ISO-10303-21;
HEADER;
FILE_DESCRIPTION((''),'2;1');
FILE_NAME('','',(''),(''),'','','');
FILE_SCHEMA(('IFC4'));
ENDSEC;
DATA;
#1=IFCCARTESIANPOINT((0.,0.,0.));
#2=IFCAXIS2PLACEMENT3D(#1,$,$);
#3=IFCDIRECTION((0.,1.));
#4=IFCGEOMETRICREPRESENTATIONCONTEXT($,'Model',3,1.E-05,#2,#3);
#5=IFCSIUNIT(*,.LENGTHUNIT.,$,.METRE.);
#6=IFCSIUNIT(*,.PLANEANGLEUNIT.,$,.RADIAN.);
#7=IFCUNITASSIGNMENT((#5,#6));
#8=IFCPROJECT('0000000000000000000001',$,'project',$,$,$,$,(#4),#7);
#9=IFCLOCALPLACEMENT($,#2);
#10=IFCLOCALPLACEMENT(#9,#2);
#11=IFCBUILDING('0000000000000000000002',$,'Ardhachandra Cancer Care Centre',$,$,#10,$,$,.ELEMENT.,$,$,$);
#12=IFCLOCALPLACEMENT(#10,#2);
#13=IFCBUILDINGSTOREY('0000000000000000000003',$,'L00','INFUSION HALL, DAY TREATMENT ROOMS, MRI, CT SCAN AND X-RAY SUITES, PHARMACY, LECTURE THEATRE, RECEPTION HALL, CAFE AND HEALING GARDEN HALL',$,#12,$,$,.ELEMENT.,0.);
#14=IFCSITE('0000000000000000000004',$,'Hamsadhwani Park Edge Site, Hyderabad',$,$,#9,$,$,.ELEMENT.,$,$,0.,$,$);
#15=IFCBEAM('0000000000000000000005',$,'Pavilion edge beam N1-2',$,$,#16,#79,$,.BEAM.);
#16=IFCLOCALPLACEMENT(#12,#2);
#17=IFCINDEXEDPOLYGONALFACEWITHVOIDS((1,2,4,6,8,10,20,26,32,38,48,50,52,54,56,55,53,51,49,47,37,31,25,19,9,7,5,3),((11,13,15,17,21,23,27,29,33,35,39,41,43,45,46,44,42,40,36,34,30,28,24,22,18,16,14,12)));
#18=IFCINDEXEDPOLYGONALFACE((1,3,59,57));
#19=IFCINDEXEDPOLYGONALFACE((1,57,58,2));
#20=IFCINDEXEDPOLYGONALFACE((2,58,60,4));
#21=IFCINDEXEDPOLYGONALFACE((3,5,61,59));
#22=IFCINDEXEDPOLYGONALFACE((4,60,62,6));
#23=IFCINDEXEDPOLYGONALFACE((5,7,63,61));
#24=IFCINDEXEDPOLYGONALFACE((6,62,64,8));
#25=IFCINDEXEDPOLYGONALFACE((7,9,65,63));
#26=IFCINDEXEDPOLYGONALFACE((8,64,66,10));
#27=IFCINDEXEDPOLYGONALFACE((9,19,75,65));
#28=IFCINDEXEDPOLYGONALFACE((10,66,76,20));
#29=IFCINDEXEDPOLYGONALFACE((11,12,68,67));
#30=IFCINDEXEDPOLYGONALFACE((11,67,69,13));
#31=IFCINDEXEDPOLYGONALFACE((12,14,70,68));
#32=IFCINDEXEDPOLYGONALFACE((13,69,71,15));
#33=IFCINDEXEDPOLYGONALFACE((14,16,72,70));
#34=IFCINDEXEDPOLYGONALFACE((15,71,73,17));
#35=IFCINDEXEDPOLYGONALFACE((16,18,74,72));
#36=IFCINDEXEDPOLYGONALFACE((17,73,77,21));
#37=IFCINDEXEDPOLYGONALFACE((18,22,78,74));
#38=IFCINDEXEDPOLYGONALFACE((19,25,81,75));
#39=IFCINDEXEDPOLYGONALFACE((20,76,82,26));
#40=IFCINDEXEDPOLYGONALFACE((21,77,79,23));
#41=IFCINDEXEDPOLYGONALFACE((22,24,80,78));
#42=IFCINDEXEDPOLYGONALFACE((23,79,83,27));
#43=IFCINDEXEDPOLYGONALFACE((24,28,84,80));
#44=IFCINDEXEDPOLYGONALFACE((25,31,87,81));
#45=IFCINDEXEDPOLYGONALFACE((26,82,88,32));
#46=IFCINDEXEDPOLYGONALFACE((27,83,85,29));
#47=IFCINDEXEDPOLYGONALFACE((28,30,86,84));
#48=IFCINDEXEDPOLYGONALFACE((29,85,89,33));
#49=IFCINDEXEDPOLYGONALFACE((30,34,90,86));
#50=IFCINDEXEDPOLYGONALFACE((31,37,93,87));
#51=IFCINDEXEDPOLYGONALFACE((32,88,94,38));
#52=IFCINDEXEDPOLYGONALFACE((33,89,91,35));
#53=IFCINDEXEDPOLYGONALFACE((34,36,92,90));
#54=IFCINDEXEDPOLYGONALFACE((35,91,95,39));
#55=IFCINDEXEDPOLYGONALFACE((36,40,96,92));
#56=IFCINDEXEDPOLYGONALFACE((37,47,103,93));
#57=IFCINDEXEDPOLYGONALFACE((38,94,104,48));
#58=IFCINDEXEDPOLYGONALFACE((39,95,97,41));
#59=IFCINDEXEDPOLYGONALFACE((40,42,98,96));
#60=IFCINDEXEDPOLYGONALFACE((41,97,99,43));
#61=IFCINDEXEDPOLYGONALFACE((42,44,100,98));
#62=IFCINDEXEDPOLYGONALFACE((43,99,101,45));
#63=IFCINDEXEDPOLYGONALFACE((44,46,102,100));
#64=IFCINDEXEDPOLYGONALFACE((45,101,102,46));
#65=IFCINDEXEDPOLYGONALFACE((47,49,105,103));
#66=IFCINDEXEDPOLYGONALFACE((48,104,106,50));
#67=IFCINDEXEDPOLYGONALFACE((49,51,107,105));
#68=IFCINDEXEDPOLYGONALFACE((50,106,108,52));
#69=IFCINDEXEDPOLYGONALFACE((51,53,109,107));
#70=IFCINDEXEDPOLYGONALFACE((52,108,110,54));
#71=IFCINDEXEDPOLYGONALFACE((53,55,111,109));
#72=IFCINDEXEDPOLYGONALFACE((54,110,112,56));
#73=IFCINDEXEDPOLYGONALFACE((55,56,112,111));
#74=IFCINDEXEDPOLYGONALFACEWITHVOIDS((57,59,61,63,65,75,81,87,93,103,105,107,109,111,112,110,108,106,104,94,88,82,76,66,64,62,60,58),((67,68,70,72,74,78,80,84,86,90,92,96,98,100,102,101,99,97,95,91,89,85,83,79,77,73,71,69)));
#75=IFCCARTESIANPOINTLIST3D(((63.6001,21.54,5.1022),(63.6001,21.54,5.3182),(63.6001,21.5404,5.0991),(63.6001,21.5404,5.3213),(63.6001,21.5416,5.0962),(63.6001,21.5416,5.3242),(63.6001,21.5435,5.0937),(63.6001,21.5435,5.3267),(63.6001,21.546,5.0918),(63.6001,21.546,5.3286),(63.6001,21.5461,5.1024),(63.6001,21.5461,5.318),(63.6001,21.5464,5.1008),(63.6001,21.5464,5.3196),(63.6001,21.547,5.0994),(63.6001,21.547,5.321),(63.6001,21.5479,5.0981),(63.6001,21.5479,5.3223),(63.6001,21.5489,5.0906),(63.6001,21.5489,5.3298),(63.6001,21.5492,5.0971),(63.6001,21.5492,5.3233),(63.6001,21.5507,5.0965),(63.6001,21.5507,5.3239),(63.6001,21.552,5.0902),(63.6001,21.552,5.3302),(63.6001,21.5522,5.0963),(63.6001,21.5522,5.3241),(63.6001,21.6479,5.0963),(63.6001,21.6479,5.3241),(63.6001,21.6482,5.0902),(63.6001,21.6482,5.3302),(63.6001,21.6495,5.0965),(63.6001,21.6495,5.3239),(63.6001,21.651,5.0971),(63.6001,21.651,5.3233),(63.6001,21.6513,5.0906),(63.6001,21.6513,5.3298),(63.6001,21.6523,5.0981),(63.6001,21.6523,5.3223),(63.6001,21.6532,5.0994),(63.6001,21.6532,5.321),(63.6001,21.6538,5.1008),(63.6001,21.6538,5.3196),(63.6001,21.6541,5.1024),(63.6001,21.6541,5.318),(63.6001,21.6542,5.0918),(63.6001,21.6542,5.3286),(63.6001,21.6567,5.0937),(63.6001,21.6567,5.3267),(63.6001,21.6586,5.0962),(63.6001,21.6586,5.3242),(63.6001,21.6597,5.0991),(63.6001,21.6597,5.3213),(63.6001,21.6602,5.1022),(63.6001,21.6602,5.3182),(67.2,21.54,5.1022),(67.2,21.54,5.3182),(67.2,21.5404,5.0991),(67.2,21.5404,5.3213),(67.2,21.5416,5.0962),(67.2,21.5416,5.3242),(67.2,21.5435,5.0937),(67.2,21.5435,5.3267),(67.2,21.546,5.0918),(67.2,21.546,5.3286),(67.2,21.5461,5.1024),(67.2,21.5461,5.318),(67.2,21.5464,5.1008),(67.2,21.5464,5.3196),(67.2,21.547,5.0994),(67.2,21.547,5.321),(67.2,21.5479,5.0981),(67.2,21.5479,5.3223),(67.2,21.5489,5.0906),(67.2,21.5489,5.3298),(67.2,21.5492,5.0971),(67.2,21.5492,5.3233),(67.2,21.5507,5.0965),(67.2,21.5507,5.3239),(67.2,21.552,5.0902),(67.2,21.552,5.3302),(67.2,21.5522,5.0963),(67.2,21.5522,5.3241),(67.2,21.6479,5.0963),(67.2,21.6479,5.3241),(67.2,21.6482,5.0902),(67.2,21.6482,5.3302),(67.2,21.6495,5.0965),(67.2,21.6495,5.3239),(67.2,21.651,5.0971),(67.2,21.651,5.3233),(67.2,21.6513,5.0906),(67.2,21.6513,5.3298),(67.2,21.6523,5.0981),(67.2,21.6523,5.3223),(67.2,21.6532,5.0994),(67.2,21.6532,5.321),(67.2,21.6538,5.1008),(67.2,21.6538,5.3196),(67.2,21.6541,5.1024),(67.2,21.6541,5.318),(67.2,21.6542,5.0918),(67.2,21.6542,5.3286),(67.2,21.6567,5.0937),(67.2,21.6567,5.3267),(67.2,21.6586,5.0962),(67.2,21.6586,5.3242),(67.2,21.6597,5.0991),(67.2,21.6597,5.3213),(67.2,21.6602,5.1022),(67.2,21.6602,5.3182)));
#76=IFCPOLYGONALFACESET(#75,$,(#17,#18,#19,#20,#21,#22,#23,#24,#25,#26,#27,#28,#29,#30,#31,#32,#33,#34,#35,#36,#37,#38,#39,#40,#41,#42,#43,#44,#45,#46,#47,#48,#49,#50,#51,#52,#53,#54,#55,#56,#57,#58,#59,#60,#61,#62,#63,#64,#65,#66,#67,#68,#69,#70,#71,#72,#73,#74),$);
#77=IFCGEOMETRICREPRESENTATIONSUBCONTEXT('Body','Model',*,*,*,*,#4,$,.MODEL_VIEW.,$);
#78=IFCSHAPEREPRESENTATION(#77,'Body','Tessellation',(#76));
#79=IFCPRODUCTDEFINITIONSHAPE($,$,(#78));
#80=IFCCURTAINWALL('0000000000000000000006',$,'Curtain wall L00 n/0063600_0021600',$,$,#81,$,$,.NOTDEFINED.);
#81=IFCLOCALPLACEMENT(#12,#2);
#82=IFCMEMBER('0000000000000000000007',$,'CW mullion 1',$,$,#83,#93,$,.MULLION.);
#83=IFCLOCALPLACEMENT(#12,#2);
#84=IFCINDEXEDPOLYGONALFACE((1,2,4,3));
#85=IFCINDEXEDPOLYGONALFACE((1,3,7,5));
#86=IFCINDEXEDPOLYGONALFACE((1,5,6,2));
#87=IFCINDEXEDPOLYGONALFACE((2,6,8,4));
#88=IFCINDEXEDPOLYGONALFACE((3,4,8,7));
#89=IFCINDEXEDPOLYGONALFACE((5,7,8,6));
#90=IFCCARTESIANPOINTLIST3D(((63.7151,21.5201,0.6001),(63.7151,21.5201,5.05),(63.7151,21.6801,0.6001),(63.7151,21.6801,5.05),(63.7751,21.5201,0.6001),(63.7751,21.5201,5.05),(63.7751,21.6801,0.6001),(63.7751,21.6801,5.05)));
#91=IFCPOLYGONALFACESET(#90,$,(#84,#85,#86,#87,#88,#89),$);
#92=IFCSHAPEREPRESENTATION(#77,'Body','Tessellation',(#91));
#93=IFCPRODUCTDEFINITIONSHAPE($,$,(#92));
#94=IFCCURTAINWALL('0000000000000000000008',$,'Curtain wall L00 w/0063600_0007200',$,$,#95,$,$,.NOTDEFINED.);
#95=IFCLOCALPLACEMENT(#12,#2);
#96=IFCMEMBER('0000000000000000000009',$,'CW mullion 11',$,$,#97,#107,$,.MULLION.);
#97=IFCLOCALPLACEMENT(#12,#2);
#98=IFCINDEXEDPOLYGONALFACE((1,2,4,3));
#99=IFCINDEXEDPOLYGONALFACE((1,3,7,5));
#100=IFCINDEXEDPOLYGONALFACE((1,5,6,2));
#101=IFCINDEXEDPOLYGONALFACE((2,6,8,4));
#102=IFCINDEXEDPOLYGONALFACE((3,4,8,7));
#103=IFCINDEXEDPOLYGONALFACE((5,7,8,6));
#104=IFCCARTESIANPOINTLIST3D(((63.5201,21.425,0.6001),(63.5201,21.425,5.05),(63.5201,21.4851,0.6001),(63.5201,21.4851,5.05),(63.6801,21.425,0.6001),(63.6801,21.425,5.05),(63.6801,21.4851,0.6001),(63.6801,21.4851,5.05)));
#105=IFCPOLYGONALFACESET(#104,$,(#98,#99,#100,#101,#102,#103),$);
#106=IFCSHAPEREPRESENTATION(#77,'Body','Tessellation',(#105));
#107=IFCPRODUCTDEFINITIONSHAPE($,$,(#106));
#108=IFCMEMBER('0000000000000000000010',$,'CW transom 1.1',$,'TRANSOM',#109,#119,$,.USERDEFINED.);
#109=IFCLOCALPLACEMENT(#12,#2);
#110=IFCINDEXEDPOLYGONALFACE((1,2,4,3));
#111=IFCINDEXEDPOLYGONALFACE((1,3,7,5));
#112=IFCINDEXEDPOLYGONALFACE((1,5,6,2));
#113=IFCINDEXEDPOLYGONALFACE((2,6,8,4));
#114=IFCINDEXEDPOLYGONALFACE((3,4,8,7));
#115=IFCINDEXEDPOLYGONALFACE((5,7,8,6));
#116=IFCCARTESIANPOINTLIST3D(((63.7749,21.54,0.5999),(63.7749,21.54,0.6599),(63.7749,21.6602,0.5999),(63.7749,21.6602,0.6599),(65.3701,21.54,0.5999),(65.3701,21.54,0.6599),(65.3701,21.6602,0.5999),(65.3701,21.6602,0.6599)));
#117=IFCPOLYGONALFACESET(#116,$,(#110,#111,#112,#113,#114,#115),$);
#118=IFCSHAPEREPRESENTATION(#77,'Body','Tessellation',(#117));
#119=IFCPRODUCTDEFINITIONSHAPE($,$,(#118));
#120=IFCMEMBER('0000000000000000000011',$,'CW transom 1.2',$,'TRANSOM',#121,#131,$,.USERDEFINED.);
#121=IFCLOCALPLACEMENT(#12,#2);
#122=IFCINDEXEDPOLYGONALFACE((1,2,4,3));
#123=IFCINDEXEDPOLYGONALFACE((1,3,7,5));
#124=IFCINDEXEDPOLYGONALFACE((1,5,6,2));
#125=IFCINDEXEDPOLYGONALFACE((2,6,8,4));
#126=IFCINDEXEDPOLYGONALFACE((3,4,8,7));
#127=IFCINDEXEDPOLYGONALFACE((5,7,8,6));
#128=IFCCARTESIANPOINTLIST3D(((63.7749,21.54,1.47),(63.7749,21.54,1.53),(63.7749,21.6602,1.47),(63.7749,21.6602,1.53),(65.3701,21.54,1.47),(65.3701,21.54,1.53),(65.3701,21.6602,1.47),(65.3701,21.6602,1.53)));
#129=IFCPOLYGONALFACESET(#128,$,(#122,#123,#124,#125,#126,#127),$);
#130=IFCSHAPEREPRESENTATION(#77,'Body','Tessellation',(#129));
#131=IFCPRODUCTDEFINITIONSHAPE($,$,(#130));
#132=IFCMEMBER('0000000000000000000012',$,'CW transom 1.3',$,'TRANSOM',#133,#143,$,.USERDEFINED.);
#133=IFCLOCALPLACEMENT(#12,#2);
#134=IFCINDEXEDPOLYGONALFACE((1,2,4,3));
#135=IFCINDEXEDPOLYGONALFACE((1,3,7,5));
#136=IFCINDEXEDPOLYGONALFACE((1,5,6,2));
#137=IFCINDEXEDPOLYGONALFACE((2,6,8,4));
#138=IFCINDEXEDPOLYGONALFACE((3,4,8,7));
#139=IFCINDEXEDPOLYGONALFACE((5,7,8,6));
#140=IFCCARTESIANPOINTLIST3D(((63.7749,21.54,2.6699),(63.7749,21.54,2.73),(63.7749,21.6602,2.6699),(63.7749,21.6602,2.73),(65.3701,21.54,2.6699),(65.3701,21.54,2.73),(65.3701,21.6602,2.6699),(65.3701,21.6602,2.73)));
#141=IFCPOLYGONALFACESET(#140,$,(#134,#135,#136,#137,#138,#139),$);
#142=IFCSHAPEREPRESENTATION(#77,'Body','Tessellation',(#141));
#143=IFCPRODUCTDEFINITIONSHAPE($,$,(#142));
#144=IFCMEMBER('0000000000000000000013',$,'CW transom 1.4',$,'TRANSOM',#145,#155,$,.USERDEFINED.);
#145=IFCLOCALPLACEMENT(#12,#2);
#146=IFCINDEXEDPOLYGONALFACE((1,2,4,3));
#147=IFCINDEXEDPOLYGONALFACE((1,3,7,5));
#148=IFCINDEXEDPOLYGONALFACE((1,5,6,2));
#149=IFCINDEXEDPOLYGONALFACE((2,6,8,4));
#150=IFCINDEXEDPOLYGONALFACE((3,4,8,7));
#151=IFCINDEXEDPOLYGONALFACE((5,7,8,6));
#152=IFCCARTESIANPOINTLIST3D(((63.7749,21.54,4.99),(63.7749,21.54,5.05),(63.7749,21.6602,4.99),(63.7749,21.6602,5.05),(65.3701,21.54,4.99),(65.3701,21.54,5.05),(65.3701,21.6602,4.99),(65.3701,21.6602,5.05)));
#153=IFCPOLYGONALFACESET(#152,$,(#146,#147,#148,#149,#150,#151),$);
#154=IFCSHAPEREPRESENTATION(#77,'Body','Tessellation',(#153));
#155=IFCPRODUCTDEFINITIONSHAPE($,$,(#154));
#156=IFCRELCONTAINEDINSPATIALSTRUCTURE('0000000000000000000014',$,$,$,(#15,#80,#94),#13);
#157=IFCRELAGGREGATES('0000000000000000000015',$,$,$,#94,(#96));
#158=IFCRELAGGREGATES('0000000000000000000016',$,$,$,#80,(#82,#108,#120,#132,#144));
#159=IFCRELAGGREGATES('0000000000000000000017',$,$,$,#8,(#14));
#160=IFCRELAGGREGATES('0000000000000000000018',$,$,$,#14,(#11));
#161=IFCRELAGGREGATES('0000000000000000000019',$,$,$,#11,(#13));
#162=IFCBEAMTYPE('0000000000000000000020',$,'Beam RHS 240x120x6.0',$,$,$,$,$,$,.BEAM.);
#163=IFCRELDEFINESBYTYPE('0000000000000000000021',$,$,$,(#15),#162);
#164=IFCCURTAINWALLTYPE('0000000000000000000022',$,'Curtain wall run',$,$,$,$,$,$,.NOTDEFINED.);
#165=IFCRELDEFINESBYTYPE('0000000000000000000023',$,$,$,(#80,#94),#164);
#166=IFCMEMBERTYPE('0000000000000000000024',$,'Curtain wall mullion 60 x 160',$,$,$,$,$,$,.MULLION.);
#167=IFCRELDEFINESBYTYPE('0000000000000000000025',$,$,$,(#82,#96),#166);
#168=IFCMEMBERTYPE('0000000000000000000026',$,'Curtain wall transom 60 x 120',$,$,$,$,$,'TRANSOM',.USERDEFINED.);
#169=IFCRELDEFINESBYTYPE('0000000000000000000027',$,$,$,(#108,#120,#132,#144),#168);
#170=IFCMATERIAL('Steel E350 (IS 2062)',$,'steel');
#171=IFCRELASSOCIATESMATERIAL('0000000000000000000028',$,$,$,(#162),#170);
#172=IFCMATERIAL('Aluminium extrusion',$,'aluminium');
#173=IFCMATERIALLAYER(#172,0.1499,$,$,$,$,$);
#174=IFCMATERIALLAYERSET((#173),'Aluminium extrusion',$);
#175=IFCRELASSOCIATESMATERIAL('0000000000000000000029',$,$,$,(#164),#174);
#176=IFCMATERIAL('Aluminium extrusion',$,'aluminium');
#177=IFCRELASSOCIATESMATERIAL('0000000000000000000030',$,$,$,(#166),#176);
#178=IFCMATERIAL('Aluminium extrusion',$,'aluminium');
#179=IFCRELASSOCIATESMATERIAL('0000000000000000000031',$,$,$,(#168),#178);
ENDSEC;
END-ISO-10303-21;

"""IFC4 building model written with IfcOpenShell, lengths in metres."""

from ifc_helpers import new_model, si_unit, direction, frame, origin, origin_2d, place, context, subcontext, project, spatial, rectangle, hollow_rectangle, extrude, material, layer, layer_set, material_profile, profile_set, type_object, element, aggregate, save


model = new_model("IFC4")

# Units and contexts
model_context = context("Model", 3, precision=1e-05, world=origin(), true_north=direction((0.0, 1.0)))
body_context = subcontext(model_context, "Body", "Model", "MODEL_VIEW")
ifc_project = project(units=[si_unit("LENGTHUNIT", "METRE"), si_unit("PLANEANGLEUNIT", "RADIAN")], contexts=[model_context])

# Site, building, storey
site_placement = place(None, origin())
site = spatial("IfcSite", under=ifc_project, at=site_placement, Name="Hamsadhwani Park Edge Site, Hyderabad", CompositionType="ELEMENT", RefElevation=0.0)
building_placement = place(site_placement, origin())
building = spatial("IfcBuilding", under=site, at=building_placement, Name="Ardhachandra Cancer Care Centre", CompositionType="ELEMENT")
storey_placement = place(building_placement, origin())
storey = spatial("IfcBuildingStorey", under=building, at=storey_placement, Name="L00", Description="INFUSION HALL, DAY TREATMENT ROOMS, MRI, CT SCAN AND X-RAY SUITES, PHARMACY, LECTURE THEATRE, RECEPTION HALL, CAFE AND HEALING GARDEN HALL", CompositionType="ELEMENT", Elevation=0.0)

# Beam
ifc_material_1 = material(Name="Steel E350 (IS 2062)", Category="steel")
ifc_material_profile_1 = material_profile(ifc_material_1, hollow_rectangle(XDim=0.1201, YDim=0.24, WallThickness=0.0061, InnerFilletRadius=0.0061, OuterFilletRadius=0.012, at=origin_2d()), Name="RHS 240x120x6.0")
ifc_profile_set_1 = profile_set([ifc_material_profile_1], Name="Steel E350 (IS 2062)")
beam_type_1 = type_object("IfcBeamType", Name="Beam RHS 240x120x6.0", PredefinedType="BEAM", material=ifc_profile_set_1)
beam_1_placement = place(storey_placement, frame((63.6001, 21.6001, 5.2102), z_axis=(1.0, 0.0, 0.0), x_axis=(0.0, 1.0, 0.0)))
element("IfcBeam", 1, at=beam_1_placement, inside=storey, type_object=beam_type_1, Name="Pavilion edge beam N1-2", PredefinedType="BEAM", context=body_context, shape_type="SweptSolid", body=[
    extrude(hollow_rectangle(XDim=0.1201, YDim=0.24, WallThickness=0.0061, InnerFilletRadius=0.0061, OuterFilletRadius=0.012, at=origin_2d()), origin(), (0.0, 0.0, 1.0), 3.5999),
])

# Curtain walls, members
ifc_material_2 = material(Name="Aluminium extrusion", Category="aluminium")
ifc_layer_1 = layer(ifc_material_2, 0.1499)
ifc_layer_set_1 = layer_set([ifc_layer_1], Name="Aluminium extrusion")
curtain_wall_type = type_object("IfcCurtainWallType", Name="Curtain wall run", PredefinedType="NOTDEFINED", material=ifc_layer_set_1)
curtain_wall_1_placement = place(storey_placement, origin())
curtain_wall_1 = element("IfcCurtainWall", 2, at=curtain_wall_1_placement, inside=storey, type_object=curtain_wall_type, Name="Curtain wall L00 n/0063600_0021600", PredefinedType="NOTDEFINED")
ifc_material_3 = material(Name="Aluminium extrusion", Category="aluminium")
ifc_material_profile_2 = material_profile(ifc_material_3, rectangle(XDim=0.1599, YDim=0.0601, at=origin_2d()), Name="Curtain wall mullion 60 x 160")
ifc_profile_set_2 = profile_set([ifc_material_profile_2], Name="Aluminium extrusion")
member_type_1 = type_object("IfcMemberType", Name="Curtain wall mullion 60 x 160", PredefinedType="MULLION", material=ifc_profile_set_2)
member_1_placement = place(storey_placement, frame((63.7451, 21.6001, 0.6001), z_axis=(0.0, 0.0, 1.0), x_axis=(0.0, 1.0, 0.0)))
member_1 = element("IfcMember", 3, at=member_1_placement, type_object=member_type_1, Name="CW mullion 1", PredefinedType="MULLION", context=body_context, shape_type="SweptSolid", body=[
    extrude(rectangle(XDim=0.1599, YDim=0.0601, at=origin_2d()), origin(), (0.0, 0.0, 1.0), 4.45),
])
curtain_wall_2_placement = place(storey_placement, origin())
curtain_wall_2 = element("IfcCurtainWall", 4, at=curtain_wall_2_placement, inside=storey, type_object=curtain_wall_type, Name="Curtain wall L00 w/0063600_0007200", PredefinedType="NOTDEFINED")
member_2_placement = place(storey_placement, frame((63.6001, 21.4551, 0.6001), z_axis=(0.0, 0.0, 1.0), x_axis=(-1.0, 0.0, 0.0)))
member_2 = element("IfcMember", 5, at=member_2_placement, type_object=member_type_1, Name="CW mullion 11", PredefinedType="MULLION", context=body_context, shape_type="SweptSolid", body=[
    extrude(rectangle(XDim=0.1599, YDim=0.0601, at=origin_2d()), origin(), (0.0, 0.0, 1.0), 4.45),
])
aggregate(curtain_wall_2, [member_2])

# Members
ifc_material_4 = material(Name="Aluminium extrusion", Category="aluminium")
ifc_material_profile_3 = material_profile(ifc_material_4, rectangle(XDim=0.1201, YDim=0.0601, at=origin_2d()), Name="Curtain wall transom 60 x 120")
ifc_profile_set_3 = profile_set([ifc_material_profile_3], Name="Aluminium extrusion")
member_type_2 = type_object("IfcMemberType", Name="Curtain wall transom 60 x 120", ElementType="TRANSOM", PredefinedType="USERDEFINED", material=ifc_profile_set_3)
member_3_placement = place(storey_placement, frame((63.7749, 21.6001, 0.6299), z_axis=(1.0, 0.0, 0.0), x_axis=(0.0, 1.0, 0.0)))
member_3 = element("IfcMember", 6, at=member_3_placement, type_object=member_type_2, Name="CW transom 1.1", ObjectType="TRANSOM", PredefinedType="USERDEFINED", context=body_context, shape_type="SweptSolid", body=[
    extrude(rectangle(XDim=0.1201, YDim=0.0601, at=origin_2d()), origin(), (0.0, 0.0, 1.0), 1.5952),
])
member_4_placement = place(storey_placement, frame((63.7749, 21.6001, 1.5), z_axis=(1.0, 0.0, 0.0), x_axis=(0.0, 1.0, 0.0)))
member_4 = element("IfcMember", 7, at=member_4_placement, type_object=member_type_2, Name="CW transom 1.2", ObjectType="TRANSOM", PredefinedType="USERDEFINED", context=body_context, shape_type="SweptSolid", body=[
    extrude(rectangle(XDim=0.1201, YDim=0.0601, at=origin_2d()), origin(), (0.0, 0.0, 1.0), 1.5952),
])
member_5_placement = place(storey_placement, frame((63.7749, 21.6001, 2.7), z_axis=(1.0, 0.0, 0.0), x_axis=(0.0, 1.0, 0.0)))
member_5 = element("IfcMember", 8, at=member_5_placement, type_object=member_type_2, Name="CW transom 1.3", ObjectType="TRANSOM", PredefinedType="USERDEFINED", context=body_context, shape_type="SweptSolid", body=[
    extrude(rectangle(XDim=0.1201, YDim=0.0601, at=origin_2d()), origin(), (0.0, 0.0, 1.0), 1.5952),
])
member_6_placement = place(storey_placement, frame((63.7749, 21.6001, 5.02), z_axis=(1.0, 0.0, 0.0), x_axis=(0.0, 1.0, 0.0)))
member_6 = element("IfcMember", 9, at=member_6_placement, type_object=member_type_2, Name="CW transom 1.4", ObjectType="TRANSOM", PredefinedType="USERDEFINED", context=body_context, shape_type="SweptSolid", body=[
    extrude(rectangle(XDim=0.1201, YDim=0.0601, at=origin_2d()), origin(), (0.0, 0.0, 1.0), 1.5952),
])

aggregate(curtain_wall_1, [member_1, member_3, member_4, member_5, member_6])

save(model, "model.ifc")
